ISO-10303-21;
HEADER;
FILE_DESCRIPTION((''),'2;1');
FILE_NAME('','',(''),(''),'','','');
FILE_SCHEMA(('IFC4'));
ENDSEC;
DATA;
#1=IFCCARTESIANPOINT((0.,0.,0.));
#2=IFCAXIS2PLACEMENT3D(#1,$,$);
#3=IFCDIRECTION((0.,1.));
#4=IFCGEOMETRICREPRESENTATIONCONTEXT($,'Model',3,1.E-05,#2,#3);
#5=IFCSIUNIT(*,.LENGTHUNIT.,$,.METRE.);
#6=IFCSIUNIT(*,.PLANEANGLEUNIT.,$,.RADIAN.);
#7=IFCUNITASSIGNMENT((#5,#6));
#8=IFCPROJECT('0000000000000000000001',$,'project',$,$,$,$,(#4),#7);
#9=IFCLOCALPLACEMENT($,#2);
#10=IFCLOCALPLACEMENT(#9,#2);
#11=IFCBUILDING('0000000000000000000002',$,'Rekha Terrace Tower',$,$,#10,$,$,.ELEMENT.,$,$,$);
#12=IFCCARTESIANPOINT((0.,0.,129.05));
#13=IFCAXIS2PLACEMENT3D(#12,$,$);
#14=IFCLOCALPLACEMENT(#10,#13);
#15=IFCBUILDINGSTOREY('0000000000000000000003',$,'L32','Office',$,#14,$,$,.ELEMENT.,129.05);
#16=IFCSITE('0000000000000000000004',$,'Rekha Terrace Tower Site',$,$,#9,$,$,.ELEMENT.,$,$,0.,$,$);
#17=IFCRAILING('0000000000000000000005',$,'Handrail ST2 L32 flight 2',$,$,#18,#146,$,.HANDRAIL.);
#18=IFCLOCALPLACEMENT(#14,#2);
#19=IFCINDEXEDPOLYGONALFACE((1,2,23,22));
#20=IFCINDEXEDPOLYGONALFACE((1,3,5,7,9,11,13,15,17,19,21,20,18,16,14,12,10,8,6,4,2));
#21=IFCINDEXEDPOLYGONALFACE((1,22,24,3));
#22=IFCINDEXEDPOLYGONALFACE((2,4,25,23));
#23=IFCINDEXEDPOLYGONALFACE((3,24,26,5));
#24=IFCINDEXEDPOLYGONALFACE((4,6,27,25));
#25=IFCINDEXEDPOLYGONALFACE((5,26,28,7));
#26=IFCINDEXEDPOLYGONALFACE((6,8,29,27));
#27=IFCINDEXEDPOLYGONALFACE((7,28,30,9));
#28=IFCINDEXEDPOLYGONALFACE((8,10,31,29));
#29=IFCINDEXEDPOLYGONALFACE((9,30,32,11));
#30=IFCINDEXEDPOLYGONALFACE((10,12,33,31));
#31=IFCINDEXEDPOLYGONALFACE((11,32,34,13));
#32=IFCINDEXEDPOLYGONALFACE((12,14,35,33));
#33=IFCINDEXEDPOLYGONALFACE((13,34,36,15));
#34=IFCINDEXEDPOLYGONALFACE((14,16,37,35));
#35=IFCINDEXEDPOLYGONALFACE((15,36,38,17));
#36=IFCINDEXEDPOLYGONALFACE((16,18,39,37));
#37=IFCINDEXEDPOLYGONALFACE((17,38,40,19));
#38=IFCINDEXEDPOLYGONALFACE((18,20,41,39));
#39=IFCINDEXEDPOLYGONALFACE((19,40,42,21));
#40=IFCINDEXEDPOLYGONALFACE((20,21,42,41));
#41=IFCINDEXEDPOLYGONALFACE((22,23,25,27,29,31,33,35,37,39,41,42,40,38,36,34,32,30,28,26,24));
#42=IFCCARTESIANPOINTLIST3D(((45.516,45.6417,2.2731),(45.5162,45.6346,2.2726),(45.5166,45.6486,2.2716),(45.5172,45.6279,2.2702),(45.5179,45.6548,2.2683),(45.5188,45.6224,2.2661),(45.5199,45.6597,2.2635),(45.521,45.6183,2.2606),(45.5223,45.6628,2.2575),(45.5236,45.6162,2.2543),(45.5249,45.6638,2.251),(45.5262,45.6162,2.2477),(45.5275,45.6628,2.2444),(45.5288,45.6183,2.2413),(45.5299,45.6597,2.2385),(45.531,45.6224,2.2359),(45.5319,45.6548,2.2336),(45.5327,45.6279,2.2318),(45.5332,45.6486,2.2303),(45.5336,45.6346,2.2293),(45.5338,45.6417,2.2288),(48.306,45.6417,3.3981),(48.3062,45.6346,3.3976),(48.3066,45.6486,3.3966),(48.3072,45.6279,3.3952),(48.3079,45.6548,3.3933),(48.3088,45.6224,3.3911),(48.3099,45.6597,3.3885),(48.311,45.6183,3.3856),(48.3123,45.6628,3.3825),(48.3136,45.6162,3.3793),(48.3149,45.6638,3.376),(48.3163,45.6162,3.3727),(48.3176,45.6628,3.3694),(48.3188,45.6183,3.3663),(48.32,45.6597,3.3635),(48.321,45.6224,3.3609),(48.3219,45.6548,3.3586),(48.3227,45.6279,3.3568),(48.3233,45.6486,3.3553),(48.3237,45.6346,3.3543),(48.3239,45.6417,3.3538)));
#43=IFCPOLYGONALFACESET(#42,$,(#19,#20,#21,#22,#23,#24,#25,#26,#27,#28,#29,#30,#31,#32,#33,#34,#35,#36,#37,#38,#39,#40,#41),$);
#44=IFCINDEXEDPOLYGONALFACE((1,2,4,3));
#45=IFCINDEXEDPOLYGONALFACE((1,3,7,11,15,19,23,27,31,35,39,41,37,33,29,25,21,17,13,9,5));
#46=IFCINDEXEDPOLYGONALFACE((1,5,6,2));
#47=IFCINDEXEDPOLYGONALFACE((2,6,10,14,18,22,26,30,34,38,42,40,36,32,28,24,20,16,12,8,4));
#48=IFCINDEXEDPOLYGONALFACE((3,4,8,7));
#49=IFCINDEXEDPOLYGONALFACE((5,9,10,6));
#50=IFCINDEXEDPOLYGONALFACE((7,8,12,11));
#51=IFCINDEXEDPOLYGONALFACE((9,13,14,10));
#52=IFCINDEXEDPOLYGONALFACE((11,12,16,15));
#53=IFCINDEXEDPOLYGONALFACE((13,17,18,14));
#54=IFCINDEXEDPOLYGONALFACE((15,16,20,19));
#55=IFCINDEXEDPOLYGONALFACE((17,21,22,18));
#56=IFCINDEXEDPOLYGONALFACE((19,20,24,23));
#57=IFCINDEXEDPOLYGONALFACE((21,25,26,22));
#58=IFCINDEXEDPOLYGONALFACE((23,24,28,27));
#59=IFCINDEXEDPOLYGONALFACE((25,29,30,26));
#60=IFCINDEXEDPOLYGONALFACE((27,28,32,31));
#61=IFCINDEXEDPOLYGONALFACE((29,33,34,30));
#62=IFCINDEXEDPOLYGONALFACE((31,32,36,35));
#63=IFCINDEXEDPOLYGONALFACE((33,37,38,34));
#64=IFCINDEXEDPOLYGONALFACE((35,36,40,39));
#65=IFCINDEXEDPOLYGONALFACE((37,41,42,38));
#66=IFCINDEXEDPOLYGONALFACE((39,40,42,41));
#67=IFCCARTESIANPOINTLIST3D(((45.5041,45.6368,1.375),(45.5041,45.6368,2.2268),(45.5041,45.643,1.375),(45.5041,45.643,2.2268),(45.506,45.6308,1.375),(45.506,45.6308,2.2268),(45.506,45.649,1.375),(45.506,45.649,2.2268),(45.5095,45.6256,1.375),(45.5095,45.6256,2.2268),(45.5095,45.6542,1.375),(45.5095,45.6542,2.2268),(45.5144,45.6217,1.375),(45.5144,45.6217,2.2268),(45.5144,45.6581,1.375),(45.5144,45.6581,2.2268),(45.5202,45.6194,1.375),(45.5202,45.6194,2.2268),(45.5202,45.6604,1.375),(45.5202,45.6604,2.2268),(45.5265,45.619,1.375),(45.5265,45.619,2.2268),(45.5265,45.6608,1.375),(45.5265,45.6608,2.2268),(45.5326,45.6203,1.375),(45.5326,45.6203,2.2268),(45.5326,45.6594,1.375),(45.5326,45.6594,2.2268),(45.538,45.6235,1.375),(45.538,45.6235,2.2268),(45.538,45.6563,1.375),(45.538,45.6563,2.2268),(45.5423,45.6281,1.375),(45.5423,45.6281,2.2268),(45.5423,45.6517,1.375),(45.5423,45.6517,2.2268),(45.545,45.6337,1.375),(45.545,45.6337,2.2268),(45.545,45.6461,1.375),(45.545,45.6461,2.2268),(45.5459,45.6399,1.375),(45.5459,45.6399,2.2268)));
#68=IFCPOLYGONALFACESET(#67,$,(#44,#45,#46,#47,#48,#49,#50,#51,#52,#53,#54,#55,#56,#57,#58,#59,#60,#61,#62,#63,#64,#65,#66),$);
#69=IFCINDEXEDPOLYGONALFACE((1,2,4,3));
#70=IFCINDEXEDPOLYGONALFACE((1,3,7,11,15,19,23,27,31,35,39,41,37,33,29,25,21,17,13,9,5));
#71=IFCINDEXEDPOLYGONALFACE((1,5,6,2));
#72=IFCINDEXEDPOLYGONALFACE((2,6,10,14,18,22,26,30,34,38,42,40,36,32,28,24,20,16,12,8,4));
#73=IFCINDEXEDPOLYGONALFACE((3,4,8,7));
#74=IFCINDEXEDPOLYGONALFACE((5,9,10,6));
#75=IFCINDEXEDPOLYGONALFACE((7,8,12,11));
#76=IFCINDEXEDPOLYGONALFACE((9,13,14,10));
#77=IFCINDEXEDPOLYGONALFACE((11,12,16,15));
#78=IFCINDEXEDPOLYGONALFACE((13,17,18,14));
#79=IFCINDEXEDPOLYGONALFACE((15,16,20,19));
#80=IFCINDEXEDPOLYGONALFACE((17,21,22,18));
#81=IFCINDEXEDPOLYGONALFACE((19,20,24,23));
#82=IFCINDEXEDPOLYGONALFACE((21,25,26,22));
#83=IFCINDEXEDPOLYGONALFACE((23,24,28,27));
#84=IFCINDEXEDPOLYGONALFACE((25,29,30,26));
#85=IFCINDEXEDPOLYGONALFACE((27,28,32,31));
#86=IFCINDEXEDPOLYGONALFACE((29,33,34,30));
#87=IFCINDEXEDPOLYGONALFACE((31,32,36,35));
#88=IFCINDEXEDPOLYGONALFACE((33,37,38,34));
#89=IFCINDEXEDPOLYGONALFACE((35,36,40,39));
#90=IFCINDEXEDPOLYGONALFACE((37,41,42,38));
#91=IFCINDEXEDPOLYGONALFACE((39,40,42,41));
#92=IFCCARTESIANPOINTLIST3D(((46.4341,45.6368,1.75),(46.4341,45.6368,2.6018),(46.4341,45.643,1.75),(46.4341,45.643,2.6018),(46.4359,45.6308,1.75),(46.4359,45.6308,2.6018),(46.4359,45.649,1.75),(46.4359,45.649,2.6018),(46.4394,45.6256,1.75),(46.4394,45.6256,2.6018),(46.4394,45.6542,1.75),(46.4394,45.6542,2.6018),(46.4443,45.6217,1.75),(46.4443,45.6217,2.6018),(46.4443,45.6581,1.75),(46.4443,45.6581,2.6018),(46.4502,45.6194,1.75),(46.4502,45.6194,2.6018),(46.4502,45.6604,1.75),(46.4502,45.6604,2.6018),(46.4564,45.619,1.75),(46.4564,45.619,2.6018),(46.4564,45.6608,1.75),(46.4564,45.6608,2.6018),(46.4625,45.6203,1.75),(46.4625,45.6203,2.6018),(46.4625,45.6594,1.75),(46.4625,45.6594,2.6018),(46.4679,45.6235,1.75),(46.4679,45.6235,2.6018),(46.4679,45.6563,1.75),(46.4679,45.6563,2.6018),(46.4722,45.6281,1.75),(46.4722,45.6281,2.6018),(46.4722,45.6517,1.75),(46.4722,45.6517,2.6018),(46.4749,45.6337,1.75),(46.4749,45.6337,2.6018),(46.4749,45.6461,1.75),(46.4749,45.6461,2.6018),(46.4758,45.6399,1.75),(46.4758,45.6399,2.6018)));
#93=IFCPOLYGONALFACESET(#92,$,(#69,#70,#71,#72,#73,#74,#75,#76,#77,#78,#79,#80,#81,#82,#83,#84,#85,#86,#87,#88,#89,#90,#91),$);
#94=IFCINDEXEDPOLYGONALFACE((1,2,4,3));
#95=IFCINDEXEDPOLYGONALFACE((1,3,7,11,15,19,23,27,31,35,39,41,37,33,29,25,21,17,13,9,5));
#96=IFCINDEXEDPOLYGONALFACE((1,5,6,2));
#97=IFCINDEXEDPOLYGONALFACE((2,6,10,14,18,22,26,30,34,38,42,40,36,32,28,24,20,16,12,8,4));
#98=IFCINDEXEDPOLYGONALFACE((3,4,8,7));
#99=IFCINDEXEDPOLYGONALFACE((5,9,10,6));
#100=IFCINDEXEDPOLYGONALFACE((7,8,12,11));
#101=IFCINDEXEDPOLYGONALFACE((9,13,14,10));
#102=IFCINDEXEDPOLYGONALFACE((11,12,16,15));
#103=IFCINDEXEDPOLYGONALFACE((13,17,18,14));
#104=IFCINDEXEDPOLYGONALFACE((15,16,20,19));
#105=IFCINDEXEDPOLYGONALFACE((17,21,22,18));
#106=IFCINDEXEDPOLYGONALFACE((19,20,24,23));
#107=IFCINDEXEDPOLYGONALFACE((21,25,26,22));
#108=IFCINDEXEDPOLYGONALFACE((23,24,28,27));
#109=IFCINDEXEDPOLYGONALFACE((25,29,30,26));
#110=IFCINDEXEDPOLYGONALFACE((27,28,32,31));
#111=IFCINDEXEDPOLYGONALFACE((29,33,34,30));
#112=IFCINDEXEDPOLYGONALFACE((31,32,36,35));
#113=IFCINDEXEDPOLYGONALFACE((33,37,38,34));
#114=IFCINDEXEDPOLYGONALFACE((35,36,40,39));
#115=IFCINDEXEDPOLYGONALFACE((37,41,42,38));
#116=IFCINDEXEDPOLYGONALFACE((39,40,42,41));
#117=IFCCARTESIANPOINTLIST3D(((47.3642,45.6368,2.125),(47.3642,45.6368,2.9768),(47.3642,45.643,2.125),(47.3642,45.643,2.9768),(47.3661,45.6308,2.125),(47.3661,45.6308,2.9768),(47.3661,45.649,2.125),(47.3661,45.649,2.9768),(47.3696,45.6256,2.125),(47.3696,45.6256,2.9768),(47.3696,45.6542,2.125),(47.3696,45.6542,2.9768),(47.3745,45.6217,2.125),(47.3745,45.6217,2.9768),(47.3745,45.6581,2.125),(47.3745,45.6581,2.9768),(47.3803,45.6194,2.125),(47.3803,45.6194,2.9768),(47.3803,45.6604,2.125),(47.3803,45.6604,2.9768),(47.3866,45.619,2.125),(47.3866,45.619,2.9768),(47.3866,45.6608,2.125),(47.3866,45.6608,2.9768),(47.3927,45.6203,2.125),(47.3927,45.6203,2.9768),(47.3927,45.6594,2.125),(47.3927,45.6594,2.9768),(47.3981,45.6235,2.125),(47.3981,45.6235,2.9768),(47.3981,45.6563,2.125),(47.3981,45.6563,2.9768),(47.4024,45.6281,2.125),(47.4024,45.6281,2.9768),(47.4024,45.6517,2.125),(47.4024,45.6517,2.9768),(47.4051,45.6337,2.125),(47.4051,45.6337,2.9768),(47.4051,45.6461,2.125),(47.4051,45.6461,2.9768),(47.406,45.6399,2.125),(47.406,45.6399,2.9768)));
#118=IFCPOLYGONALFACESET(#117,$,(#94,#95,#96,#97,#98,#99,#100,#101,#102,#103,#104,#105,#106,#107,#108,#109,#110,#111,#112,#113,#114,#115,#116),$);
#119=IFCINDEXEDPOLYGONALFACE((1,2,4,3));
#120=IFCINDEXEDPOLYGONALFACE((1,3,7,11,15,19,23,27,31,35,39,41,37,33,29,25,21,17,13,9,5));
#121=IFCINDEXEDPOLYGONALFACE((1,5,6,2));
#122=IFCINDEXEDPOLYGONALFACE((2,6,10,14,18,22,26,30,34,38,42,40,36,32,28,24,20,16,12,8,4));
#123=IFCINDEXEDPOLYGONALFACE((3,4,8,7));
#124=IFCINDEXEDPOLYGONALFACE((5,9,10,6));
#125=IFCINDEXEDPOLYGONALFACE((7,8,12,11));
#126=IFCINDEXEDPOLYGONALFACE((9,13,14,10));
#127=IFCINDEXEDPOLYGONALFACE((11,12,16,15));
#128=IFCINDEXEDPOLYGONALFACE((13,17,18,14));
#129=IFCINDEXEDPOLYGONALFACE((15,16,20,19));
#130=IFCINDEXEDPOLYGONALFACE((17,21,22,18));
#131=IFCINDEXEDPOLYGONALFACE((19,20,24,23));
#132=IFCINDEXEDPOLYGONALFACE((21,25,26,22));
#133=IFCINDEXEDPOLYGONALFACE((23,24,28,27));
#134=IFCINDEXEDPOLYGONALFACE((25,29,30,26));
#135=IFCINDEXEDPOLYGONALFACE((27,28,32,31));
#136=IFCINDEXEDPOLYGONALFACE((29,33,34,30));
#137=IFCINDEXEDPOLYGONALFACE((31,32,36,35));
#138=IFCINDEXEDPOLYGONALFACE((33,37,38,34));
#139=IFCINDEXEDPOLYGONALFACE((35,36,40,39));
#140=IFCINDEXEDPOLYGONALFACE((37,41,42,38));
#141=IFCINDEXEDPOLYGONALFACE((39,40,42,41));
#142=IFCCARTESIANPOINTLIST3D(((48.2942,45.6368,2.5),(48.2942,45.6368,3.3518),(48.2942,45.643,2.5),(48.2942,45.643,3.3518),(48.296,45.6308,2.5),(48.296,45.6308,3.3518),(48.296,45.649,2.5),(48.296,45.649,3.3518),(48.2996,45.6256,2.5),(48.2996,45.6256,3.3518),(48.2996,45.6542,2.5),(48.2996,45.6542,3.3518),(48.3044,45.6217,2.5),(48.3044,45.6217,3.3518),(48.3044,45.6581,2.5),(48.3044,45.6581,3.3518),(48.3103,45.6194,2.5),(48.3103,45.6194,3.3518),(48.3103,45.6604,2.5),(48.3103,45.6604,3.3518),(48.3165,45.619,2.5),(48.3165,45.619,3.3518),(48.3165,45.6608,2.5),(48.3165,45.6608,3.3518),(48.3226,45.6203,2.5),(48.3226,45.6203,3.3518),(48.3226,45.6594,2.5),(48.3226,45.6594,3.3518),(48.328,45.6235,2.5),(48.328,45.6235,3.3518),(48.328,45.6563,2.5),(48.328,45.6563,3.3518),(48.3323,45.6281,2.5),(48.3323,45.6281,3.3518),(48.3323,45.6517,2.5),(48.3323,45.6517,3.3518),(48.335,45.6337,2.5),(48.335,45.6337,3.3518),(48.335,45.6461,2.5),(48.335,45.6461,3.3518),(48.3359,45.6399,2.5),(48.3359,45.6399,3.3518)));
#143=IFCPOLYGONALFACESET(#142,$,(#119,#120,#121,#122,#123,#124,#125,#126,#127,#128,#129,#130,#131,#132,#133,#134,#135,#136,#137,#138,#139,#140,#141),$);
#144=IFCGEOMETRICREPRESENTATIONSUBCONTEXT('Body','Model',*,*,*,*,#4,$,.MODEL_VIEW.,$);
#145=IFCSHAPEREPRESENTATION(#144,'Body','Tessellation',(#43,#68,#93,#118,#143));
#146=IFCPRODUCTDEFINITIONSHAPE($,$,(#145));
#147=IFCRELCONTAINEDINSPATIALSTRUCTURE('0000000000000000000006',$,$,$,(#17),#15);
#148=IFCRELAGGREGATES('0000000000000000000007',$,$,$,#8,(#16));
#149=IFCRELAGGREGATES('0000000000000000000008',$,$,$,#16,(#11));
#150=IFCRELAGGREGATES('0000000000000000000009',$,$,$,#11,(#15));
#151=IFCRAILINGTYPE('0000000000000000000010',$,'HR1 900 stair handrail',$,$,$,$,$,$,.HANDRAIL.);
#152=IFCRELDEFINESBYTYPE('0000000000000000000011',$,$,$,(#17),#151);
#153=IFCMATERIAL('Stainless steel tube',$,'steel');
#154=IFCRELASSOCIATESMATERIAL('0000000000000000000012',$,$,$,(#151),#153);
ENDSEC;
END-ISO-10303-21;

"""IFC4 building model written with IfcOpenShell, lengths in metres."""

from ifc_helpers import new_model, si_unit, direction, frame, origin, origin_2d, place, context, subcontext, project, spatial, circle, extrude, material, type_object, element, save


model = new_model("IFC4")

# Units and contexts
model_context = context("Model", 3, precision=1e-05, world=origin(), true_north=direction((0.0, 1.0)))
body_context = subcontext(model_context, "Body", "Model", "MODEL_VIEW")
ifc_project = project(units=[si_unit("LENGTHUNIT", "METRE"), si_unit("PLANEANGLEUNIT", "RADIAN")], contexts=[model_context])

# Site, building, storey
site_placement = place(None, origin())
site = spatial("IfcSite", under=ifc_project, at=site_placement, Name="Rekha Terrace Tower Site", CompositionType="ELEMENT", RefElevation=0.0)
building_placement = place(site_placement, origin())
building = spatial("IfcBuilding", under=site, at=building_placement, Name="Rekha Terrace Tower", CompositionType="ELEMENT")
storey_placement = place(building_placement, frame((0.0, 0.0, 129.05)))
storey = spatial("IfcBuildingStorey", under=building, at=storey_placement, Name="L32", Description="Office", CompositionType="ELEMENT", Elevation=129.05)

# Railing
ifc_material_1 = material(Name="Stainless steel tube", Category="steel")
railing_type_1 = type_object("IfcRailingType", Name="HR1 900 stair handrail", PredefinedType="HANDRAIL", material=ifc_material_1)
railing_1_placement = place(storey_placement, frame((45.5249, 45.6399, 1.375)))
element("IfcRailing", 1, at=railing_1_placement, inside=storey, type_object=railing_type_1, Name="Handrail ST2 L32 flight 2", PredefinedType="HANDRAIL", context=body_context, shape_type="SweptSolid", body=[
    extrude(circle(Radius=0.0239, at=origin_2d()), frame((0.0, 0.0, 0.876), z_axis=(0.927443, 0.0, 0.373964), x_axis=(0.0, 1.0, 0.0)), (0.0, 0.0, 1.0), 3.0083),
    extrude(circle(Radius=0.021, at=origin_2d()), origin(), (0.0, 0.0, 1.0), 0.8518),
    extrude(circle(Radius=0.021, at=origin_2d()), frame((0.9299, 0.0, 0.375)), (0.0, 0.0, 1.0), 0.8518),
    extrude(circle(Radius=0.021, at=origin_2d()), frame((1.8601, 0.0, 0.75)), (0.0, 0.0, 1.0), 0.8518),
    extrude(circle(Radius=0.021, at=origin_2d()), frame((2.79, 0.0, 1.125)), (0.0, 0.0, 1.0), 0.8518),
])

save(model, "model.ifc")
